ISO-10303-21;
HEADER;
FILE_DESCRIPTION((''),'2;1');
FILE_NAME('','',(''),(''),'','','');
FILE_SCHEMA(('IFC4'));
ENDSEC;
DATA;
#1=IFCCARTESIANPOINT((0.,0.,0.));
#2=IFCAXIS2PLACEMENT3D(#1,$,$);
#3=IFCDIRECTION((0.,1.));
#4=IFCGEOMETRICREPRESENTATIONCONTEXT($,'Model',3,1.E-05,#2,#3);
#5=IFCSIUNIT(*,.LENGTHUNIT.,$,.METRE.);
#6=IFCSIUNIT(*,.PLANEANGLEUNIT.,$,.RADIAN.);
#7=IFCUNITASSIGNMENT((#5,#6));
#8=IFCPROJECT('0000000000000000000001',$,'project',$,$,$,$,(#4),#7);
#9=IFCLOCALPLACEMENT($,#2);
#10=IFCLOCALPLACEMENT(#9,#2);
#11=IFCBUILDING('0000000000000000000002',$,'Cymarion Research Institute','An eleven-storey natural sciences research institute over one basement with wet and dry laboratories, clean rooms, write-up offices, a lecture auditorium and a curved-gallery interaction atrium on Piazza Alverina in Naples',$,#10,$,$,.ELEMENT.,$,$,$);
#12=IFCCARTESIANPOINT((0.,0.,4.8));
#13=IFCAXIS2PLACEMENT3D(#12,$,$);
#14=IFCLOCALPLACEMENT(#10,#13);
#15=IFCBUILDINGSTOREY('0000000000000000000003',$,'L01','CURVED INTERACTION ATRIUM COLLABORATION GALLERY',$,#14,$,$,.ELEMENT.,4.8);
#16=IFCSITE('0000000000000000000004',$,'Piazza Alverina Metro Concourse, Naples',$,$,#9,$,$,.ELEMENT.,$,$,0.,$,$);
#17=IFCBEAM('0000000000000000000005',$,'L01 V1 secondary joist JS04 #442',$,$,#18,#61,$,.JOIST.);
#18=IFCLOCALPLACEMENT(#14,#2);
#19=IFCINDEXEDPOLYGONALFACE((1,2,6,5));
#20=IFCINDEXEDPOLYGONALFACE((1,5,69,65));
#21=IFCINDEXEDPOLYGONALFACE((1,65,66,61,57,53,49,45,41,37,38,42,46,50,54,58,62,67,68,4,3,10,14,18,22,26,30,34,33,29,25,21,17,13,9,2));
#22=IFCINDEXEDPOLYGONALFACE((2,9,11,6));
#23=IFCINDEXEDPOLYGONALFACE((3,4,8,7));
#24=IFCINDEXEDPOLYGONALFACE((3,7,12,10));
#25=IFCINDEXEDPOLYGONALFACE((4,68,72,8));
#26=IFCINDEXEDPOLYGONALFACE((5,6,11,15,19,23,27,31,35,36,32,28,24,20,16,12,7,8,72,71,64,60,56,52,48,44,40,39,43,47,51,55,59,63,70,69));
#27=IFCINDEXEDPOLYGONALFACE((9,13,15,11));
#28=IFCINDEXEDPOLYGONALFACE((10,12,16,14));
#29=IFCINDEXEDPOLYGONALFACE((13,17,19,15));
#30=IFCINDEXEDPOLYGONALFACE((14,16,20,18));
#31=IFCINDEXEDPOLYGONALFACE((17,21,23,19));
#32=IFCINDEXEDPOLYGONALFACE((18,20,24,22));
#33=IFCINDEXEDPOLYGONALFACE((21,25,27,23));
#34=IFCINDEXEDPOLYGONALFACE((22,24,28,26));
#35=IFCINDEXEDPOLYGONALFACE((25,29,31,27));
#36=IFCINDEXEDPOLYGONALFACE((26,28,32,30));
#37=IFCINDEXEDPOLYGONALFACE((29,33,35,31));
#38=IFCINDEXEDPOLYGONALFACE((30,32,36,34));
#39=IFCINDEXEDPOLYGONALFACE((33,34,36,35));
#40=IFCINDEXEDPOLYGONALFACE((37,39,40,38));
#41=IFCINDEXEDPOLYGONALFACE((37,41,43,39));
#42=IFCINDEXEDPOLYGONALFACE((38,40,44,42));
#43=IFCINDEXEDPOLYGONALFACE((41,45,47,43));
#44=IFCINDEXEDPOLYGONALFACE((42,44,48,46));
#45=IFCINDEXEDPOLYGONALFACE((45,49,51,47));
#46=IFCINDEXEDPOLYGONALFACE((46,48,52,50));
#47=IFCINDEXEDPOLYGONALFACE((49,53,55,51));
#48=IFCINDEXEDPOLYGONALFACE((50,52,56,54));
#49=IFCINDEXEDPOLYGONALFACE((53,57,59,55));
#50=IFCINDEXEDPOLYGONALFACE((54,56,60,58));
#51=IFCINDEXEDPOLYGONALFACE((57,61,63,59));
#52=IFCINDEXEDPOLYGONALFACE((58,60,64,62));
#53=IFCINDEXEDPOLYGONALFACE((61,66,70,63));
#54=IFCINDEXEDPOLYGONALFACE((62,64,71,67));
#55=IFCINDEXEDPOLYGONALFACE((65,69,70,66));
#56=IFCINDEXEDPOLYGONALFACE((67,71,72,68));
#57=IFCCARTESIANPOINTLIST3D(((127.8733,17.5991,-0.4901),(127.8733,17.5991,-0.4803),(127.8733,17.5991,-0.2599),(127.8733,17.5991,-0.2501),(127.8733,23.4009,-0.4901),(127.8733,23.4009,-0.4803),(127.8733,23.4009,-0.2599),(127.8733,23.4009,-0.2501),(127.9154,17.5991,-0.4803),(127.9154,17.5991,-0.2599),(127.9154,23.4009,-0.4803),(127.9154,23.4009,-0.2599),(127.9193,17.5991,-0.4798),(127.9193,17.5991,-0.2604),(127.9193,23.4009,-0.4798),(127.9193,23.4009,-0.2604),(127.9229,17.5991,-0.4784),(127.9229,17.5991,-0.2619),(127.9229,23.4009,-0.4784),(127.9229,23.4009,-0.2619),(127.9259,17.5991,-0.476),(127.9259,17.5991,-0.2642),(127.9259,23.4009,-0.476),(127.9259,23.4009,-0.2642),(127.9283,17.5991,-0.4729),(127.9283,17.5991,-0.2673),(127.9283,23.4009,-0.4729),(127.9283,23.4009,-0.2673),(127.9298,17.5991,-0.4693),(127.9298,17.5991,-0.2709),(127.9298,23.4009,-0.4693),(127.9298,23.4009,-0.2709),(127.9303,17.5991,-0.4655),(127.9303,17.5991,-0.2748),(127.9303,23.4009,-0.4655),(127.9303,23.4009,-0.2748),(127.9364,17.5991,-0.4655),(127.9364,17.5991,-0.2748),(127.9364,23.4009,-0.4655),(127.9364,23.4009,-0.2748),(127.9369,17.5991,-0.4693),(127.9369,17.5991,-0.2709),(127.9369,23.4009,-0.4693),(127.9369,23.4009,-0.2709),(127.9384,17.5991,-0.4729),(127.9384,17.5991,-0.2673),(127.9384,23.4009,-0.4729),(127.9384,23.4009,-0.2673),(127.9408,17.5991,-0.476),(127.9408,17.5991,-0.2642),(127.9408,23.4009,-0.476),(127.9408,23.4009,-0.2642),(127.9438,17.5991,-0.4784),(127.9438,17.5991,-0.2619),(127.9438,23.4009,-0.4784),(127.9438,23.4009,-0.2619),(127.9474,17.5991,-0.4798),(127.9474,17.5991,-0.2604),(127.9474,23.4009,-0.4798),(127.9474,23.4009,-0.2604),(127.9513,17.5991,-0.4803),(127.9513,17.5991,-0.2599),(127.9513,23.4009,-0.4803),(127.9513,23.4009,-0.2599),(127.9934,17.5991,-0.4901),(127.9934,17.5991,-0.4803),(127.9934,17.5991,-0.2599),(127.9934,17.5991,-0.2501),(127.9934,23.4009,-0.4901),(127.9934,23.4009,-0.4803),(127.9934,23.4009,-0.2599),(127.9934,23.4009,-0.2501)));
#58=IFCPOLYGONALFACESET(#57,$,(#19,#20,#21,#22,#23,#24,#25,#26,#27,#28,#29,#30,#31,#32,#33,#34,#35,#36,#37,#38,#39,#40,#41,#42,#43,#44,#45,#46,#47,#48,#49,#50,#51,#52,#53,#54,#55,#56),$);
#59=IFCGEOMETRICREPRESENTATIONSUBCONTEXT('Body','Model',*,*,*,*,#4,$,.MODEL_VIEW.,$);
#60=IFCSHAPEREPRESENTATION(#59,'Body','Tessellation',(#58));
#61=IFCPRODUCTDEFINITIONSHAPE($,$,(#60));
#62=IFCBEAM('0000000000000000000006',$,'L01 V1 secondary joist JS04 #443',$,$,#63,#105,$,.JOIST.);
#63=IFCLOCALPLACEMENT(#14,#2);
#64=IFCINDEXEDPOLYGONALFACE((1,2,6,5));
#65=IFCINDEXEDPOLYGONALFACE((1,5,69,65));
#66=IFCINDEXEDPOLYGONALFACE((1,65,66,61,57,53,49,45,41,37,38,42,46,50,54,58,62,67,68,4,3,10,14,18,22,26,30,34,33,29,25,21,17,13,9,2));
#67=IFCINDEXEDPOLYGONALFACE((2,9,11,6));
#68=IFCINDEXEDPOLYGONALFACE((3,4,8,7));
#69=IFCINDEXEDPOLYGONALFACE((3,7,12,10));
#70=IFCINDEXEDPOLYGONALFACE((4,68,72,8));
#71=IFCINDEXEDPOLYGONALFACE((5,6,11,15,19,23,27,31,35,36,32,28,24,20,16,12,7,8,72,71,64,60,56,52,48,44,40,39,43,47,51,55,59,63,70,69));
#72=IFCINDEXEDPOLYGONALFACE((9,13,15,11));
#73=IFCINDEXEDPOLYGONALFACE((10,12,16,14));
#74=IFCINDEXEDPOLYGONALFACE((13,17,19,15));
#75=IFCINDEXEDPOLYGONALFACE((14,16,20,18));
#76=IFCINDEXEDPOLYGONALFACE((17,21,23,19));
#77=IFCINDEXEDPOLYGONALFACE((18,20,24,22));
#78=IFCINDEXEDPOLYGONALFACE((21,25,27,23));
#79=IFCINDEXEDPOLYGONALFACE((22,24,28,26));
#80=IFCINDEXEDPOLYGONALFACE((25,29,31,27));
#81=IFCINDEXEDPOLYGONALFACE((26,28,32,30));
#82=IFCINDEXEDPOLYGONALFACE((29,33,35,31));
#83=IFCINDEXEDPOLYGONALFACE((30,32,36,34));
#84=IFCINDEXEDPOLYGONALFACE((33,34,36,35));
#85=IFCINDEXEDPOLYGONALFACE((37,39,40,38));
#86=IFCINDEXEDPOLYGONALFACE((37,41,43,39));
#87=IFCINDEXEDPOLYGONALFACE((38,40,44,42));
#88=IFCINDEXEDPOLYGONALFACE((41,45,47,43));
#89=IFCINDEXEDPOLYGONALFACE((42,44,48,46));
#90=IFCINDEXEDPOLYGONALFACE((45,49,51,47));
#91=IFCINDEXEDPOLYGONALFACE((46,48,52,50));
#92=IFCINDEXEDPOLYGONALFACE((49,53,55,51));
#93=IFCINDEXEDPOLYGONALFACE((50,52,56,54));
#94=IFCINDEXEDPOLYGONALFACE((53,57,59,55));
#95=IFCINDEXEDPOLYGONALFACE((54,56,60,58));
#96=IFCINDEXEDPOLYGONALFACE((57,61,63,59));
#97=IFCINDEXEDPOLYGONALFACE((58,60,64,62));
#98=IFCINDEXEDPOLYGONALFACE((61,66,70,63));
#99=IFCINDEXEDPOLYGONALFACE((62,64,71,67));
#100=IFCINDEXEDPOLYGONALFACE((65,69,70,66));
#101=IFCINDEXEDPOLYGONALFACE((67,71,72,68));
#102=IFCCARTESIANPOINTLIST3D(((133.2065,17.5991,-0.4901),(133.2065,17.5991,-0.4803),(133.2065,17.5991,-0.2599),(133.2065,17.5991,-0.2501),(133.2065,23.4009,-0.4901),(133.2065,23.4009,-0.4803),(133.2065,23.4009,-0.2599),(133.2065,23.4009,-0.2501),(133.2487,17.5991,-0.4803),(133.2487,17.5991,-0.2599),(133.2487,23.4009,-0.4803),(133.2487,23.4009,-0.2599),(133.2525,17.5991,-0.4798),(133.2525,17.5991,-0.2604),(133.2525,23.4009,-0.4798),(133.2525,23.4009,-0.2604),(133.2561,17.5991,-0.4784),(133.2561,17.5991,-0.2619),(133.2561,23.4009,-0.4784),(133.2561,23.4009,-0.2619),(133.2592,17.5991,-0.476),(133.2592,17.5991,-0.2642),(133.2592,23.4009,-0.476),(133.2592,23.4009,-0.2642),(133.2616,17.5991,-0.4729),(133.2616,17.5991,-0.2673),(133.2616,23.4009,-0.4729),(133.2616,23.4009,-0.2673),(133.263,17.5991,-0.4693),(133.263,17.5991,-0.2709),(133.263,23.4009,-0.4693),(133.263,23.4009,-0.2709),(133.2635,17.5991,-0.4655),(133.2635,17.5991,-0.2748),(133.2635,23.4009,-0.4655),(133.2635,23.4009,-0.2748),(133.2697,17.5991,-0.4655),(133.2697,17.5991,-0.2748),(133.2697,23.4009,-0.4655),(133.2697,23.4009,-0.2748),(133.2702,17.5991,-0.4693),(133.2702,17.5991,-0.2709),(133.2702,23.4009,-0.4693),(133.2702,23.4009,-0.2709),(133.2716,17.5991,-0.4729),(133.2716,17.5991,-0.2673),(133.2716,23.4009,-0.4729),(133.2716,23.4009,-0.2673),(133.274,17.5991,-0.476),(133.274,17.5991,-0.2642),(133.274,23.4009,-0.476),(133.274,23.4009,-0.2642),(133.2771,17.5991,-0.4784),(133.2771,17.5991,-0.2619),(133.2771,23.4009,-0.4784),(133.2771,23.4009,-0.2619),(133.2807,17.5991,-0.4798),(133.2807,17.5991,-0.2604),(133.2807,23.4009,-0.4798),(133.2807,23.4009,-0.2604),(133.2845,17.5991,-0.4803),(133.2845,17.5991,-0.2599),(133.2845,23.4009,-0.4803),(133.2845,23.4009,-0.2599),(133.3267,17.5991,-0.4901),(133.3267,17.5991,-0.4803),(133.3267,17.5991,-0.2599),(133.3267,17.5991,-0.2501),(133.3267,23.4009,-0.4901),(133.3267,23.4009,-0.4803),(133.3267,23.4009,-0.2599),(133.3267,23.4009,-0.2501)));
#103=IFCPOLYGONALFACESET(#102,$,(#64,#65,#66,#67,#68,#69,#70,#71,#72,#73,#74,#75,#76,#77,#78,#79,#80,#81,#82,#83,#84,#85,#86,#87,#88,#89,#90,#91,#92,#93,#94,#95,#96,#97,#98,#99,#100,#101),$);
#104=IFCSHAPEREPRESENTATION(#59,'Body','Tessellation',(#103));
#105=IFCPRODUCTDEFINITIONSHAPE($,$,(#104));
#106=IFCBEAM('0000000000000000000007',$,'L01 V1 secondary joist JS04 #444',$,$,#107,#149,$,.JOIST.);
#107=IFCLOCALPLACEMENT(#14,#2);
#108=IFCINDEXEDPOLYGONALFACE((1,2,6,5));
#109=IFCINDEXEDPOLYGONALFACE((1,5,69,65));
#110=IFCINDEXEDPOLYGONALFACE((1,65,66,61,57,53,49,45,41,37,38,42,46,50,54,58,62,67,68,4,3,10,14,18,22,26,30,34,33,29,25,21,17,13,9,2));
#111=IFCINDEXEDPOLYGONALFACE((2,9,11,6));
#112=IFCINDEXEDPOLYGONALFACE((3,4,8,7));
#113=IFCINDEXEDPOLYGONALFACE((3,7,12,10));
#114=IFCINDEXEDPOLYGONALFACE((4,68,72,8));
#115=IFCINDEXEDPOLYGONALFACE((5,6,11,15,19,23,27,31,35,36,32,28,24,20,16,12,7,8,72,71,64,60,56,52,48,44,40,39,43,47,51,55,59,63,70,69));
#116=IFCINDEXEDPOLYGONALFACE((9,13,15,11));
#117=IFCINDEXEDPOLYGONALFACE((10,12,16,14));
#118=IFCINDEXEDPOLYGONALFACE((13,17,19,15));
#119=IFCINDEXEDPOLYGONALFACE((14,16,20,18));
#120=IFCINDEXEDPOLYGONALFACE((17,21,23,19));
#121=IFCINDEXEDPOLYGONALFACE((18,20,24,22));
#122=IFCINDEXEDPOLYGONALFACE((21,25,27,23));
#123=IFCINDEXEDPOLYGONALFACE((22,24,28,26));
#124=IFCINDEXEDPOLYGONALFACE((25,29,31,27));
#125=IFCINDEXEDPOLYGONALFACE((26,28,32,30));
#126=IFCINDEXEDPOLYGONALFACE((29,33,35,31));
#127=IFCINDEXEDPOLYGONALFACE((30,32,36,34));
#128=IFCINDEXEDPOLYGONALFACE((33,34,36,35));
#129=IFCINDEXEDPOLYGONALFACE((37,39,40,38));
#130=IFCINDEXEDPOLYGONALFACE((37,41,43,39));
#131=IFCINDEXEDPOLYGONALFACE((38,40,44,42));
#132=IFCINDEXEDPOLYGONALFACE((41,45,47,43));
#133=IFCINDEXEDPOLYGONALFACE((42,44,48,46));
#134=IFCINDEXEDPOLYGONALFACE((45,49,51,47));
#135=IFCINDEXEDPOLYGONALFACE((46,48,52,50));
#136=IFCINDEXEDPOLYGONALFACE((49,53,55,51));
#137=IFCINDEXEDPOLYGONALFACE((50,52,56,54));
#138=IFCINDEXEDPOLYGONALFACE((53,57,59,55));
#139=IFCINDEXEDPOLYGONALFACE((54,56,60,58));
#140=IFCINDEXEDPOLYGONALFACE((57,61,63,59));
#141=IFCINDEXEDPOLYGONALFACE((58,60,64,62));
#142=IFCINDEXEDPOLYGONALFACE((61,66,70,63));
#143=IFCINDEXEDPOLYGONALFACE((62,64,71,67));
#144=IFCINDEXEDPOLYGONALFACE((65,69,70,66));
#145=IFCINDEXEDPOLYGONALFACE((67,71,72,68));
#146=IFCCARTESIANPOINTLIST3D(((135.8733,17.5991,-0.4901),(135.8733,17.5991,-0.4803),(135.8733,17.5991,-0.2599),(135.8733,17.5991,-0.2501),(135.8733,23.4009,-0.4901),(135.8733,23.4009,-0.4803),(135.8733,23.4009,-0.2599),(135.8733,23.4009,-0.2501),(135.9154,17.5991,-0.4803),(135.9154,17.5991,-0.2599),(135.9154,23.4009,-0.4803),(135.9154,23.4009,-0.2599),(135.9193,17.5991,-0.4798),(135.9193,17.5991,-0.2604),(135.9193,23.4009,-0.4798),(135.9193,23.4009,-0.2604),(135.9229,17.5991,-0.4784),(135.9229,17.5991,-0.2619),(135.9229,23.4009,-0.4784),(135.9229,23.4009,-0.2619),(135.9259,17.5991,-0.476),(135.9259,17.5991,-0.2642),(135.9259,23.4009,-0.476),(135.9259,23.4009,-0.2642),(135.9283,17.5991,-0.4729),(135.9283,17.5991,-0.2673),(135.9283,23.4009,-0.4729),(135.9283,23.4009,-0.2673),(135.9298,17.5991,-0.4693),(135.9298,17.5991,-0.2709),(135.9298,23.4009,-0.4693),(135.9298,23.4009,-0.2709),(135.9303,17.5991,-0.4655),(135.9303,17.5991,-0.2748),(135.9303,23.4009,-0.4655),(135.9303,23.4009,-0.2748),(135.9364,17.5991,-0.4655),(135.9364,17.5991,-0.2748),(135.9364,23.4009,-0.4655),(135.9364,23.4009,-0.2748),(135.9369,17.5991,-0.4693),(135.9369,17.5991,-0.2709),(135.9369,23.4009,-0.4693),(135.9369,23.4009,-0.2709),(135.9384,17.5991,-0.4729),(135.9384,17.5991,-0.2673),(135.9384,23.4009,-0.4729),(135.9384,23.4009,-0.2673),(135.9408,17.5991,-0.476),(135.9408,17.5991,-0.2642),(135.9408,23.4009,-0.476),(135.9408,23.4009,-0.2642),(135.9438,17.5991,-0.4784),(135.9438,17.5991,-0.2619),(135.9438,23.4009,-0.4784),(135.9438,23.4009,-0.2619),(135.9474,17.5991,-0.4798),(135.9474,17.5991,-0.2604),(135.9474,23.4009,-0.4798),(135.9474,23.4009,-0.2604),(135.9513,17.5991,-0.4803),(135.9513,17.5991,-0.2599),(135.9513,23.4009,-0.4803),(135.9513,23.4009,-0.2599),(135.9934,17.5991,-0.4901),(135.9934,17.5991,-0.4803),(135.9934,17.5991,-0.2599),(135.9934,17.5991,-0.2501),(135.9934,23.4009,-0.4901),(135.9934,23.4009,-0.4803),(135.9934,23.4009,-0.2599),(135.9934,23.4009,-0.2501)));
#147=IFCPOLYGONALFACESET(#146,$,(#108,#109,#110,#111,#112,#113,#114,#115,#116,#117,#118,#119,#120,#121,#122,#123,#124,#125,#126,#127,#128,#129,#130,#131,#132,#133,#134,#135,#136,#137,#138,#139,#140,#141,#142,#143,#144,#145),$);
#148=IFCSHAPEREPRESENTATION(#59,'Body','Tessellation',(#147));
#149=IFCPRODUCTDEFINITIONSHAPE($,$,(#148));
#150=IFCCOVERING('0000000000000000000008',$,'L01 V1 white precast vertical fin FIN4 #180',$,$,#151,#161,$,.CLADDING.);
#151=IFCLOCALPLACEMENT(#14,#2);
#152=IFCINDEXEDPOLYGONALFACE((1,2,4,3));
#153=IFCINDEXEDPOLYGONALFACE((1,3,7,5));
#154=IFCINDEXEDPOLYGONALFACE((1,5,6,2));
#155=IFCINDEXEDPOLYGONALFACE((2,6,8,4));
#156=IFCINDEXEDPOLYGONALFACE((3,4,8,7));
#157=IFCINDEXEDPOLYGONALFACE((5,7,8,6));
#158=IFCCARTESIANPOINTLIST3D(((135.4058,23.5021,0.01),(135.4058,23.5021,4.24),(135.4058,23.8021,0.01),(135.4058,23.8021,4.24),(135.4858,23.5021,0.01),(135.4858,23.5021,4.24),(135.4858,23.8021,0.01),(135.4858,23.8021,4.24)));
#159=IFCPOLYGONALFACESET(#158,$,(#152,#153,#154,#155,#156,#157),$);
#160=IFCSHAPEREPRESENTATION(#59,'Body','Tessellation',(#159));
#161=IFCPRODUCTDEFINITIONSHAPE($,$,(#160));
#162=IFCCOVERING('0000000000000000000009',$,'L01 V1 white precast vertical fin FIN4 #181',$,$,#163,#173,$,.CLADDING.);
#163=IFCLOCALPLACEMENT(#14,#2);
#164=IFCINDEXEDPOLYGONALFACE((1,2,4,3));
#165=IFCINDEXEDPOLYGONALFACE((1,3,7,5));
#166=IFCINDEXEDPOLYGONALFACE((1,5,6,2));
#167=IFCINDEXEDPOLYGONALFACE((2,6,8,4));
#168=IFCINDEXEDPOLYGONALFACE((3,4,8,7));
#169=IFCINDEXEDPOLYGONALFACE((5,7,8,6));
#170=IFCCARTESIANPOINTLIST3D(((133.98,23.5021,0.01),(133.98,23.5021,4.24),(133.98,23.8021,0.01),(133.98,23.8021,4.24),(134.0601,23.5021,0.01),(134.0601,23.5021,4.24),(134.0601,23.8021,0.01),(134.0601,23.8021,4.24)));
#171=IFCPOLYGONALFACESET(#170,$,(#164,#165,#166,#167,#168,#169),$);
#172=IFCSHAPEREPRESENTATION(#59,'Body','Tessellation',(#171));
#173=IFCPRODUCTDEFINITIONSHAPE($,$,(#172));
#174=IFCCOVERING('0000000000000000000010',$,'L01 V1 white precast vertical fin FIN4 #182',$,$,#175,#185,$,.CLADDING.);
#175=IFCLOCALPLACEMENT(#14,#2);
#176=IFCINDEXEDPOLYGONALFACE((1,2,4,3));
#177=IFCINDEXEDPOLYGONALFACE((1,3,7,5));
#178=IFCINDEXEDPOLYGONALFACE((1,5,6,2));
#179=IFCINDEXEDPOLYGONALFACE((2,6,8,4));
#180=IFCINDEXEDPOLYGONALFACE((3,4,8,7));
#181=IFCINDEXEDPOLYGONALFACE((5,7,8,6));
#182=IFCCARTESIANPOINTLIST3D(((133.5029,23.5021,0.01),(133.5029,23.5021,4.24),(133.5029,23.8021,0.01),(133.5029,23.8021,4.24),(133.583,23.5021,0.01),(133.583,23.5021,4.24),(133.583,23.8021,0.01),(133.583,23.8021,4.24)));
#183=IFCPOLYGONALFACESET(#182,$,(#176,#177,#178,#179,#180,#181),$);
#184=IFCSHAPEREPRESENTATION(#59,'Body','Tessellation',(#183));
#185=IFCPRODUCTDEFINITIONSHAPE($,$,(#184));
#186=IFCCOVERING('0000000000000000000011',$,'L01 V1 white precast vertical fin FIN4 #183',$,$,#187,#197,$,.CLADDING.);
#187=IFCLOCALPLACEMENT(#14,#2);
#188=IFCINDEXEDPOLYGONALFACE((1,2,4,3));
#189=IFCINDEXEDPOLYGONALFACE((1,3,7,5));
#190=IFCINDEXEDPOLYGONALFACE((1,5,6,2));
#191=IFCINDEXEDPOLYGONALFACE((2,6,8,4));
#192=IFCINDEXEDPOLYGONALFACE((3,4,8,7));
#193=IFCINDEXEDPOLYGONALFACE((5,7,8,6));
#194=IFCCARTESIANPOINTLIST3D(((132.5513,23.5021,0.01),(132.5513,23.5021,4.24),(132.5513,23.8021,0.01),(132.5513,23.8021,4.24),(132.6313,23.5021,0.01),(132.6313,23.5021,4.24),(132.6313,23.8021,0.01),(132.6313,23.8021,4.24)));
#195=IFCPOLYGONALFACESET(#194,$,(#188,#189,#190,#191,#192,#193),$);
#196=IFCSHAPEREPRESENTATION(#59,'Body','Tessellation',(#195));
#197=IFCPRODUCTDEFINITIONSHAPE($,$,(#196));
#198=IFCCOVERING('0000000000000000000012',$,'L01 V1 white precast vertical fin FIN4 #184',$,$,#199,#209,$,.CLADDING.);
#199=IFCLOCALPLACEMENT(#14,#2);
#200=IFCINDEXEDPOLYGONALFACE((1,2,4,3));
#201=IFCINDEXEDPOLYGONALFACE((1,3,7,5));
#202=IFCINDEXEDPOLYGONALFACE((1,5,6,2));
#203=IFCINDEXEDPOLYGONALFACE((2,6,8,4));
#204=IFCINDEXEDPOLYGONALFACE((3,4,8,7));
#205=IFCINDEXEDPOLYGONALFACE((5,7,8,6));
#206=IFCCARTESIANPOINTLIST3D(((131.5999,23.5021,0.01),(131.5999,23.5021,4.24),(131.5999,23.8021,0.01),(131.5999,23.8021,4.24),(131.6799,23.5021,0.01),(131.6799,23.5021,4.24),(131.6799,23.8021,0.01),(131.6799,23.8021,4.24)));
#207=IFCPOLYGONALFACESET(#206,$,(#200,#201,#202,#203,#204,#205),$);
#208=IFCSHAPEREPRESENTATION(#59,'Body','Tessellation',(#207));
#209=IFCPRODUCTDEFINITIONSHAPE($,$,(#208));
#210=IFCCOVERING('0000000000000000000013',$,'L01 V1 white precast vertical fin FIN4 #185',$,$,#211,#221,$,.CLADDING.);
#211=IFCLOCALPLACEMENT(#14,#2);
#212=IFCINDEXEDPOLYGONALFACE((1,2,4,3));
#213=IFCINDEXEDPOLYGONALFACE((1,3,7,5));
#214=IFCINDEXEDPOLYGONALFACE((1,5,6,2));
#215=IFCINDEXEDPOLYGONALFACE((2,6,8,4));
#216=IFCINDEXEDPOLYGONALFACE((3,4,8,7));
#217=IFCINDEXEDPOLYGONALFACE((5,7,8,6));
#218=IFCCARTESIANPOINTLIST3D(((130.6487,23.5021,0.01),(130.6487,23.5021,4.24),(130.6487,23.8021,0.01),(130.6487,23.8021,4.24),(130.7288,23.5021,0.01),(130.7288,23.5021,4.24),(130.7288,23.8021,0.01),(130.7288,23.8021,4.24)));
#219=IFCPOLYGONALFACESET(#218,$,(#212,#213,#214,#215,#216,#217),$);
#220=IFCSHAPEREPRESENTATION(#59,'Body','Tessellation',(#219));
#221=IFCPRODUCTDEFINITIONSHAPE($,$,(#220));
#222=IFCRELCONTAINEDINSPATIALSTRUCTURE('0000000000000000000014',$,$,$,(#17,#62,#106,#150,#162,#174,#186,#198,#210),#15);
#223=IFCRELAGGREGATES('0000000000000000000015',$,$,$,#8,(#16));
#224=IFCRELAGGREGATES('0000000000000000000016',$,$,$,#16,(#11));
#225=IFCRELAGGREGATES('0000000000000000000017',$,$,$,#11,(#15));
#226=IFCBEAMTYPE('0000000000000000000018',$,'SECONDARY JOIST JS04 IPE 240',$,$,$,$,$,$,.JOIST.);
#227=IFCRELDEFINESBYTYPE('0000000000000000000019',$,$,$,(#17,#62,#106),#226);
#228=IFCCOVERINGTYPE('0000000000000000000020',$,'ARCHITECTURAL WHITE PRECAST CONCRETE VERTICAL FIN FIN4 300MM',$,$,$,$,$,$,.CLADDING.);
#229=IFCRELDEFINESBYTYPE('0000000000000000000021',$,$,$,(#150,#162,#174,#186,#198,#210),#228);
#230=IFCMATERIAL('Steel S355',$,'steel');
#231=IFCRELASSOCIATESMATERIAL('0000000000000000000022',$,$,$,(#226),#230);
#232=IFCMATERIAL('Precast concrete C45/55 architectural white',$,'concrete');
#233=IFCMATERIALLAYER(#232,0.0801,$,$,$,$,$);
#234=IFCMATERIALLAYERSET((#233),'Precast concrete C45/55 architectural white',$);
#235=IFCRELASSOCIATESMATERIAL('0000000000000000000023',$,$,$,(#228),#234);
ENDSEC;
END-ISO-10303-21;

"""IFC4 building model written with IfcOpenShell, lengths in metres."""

from ifc_helpers import new_model, si_unit, direction, frame, origin, origin_2d, place, context, subcontext, project, spatial, rectangle, i_section, extrude, material, layer, layer_set, material_profile, profile_set, type_object, element, save


model = new_model("IFC4")

# Units and contexts
model_context = context("Model", 3, precision=1e-05, world=origin(), true_north=direction((0.0, 1.0)))
body_context = subcontext(model_context, "Body", "Model", "MODEL_VIEW")
ifc_project = project(units=[si_unit("LENGTHUNIT", "METRE"), si_unit("PLANEANGLEUNIT", "RADIAN")], contexts=[model_context])

# Site, building, storey
site_placement = place(None, origin())
site = spatial("IfcSite", under=ifc_project, at=site_placement, Name="Piazza Alverina Metro Concourse, Naples", CompositionType="ELEMENT", RefElevation=0.0)
building_placement = place(site_placement, origin())
building = spatial("IfcBuilding", under=site, at=building_placement, Name="Cymarion Research Institute", Description="An eleven-storey natural sciences research institute over one basement with wet and dry laboratories, clean rooms, write-up offices, a lecture auditorium and a curved-gallery interaction atrium on Piazza Alverina in Naples", CompositionType="ELEMENT")
storey_placement = place(building_placement, frame((0.0, 0.0, 4.8)))
storey = spatial("IfcBuildingStorey", under=building, at=storey_placement, Name="L01", Description="CURVED INTERACTION ATRIUM COLLABORATION GALLERY", CompositionType="ELEMENT", Elevation=4.8)

# Shared definitions
ifc_material_1 = material(Name="Steel S355", Category="steel")

# Beams
ifc_material_profile_1 = material_profile(ifc_material_1, i_section(OverallWidth=0.1201, OverallDepth=0.24, WebThickness=0.0061, FlangeThickness=0.0098, FilletRadius=0.0149, at=origin_2d()), Name="IPE 240")
ifc_profile_set_1 = profile_set([ifc_material_profile_1], Name="Steel S355")
beam_type_1 = type_object("IfcBeamType", Name="SECONDARY JOIST JS04 IPE 240", PredefinedType="JOIST", material=ifc_profile_set_1)
for number, where, z_axis, x_axis, name in (
    (1, (127.9333, 17.5991, -0.3701), (0.0, 1.0, 0.0), (-1.0, 0.0, 0.0), "L01 V1 secondary joist JS04 #442"),
    (2, (133.2666, 17.5991, -0.3701), (0.0, 1.0, 0.0), (-1.0, 0.0, 0.0), "L01 V1 secondary joist JS04 #443"),
    (3, (135.9333, 17.5991, -0.3701), (0.0, 1.0, 0.0), (-1.0, 0.0, 0.0), "L01 V1 secondary joist JS04 #444"),
):
    element("IfcBeam", number, at=place(storey_placement, frame(where, z_axis=z_axis, x_axis=x_axis)), inside=storey, type_object=beam_type_1, Name=name, PredefinedType="JOIST", context=body_context, shape_type="SweptSolid", body=[
        extrude(i_section(OverallWidth=0.1201, OverallDepth=0.24, WebThickness=0.0061, FlangeThickness=0.0098, FilletRadius=0.0149, at=origin_2d()), origin(), (0.0, 0.0, 1.0), 5.8018),
    ])

# Coverings
ifc_material_2 = material(Name="Precast concrete C45/55 architectural white", Category="concrete")
ifc_layer = layer(ifc_material_2, 0.0801)
ifc_layer_set = layer_set([ifc_layer], Name="Precast concrete C45/55 architectural white")
covering_type = type_object("IfcCoveringType", Name="ARCHITECTURAL WHITE PRECAST CONCRETE VERTICAL FIN FIN4 300MM", PredefinedType="CLADDING", material=ifc_layer_set)
for number, where, z_axis, x_axis, name in (
    (4, (135.4458, 23.6521, 0.01), (0.0, 0.0, 1.0), (0.0, 1.0, 0.0), "L01 V1 white precast vertical fin FIN4 #180"),
    (5, (134.02, 23.6521, 0.01), (0.0, 0.0, 1.0), (0.0, 1.0, 0.0), "L01 V1 white precast vertical fin FIN4 #181"),
    (6, (133.543, 23.6521, 0.01), (0.0, 0.0, 1.0), (0.0, 1.0, 0.0), "L01 V1 white precast vertical fin FIN4 #182"),
    (7, (132.5913, 23.6521, 0.01), (0.0, 0.0, 1.0), (0.0, 1.0, 0.0), "L01 V1 white precast vertical fin FIN4 #183"),
    (8, (131.6399, 23.6521, 0.01), (0.0, 0.0, 1.0), (0.0, 1.0, 0.0), "L01 V1 white precast vertical fin FIN4 #184"),
    (9, (130.6887, 23.6521, 0.01), (0.0, 0.0, 1.0), (0.0, 1.0, 0.0), "L01 V1 white precast vertical fin FIN4 #185"),
):
    element("IfcCovering", number, at=place(storey_placement, frame(where, z_axis=z_axis, x_axis=x_axis)), inside=storey, type_object=covering_type, Name=name, PredefinedType="CLADDING", context=body_context, shape_type="SweptSolid", body=[
        extrude(rectangle(XDim=0.3, YDim=0.0801, at=origin_2d()), origin(), (0.0, 0.0, 1.0), 4.23),
    ])

save(model, "model.ifc")
